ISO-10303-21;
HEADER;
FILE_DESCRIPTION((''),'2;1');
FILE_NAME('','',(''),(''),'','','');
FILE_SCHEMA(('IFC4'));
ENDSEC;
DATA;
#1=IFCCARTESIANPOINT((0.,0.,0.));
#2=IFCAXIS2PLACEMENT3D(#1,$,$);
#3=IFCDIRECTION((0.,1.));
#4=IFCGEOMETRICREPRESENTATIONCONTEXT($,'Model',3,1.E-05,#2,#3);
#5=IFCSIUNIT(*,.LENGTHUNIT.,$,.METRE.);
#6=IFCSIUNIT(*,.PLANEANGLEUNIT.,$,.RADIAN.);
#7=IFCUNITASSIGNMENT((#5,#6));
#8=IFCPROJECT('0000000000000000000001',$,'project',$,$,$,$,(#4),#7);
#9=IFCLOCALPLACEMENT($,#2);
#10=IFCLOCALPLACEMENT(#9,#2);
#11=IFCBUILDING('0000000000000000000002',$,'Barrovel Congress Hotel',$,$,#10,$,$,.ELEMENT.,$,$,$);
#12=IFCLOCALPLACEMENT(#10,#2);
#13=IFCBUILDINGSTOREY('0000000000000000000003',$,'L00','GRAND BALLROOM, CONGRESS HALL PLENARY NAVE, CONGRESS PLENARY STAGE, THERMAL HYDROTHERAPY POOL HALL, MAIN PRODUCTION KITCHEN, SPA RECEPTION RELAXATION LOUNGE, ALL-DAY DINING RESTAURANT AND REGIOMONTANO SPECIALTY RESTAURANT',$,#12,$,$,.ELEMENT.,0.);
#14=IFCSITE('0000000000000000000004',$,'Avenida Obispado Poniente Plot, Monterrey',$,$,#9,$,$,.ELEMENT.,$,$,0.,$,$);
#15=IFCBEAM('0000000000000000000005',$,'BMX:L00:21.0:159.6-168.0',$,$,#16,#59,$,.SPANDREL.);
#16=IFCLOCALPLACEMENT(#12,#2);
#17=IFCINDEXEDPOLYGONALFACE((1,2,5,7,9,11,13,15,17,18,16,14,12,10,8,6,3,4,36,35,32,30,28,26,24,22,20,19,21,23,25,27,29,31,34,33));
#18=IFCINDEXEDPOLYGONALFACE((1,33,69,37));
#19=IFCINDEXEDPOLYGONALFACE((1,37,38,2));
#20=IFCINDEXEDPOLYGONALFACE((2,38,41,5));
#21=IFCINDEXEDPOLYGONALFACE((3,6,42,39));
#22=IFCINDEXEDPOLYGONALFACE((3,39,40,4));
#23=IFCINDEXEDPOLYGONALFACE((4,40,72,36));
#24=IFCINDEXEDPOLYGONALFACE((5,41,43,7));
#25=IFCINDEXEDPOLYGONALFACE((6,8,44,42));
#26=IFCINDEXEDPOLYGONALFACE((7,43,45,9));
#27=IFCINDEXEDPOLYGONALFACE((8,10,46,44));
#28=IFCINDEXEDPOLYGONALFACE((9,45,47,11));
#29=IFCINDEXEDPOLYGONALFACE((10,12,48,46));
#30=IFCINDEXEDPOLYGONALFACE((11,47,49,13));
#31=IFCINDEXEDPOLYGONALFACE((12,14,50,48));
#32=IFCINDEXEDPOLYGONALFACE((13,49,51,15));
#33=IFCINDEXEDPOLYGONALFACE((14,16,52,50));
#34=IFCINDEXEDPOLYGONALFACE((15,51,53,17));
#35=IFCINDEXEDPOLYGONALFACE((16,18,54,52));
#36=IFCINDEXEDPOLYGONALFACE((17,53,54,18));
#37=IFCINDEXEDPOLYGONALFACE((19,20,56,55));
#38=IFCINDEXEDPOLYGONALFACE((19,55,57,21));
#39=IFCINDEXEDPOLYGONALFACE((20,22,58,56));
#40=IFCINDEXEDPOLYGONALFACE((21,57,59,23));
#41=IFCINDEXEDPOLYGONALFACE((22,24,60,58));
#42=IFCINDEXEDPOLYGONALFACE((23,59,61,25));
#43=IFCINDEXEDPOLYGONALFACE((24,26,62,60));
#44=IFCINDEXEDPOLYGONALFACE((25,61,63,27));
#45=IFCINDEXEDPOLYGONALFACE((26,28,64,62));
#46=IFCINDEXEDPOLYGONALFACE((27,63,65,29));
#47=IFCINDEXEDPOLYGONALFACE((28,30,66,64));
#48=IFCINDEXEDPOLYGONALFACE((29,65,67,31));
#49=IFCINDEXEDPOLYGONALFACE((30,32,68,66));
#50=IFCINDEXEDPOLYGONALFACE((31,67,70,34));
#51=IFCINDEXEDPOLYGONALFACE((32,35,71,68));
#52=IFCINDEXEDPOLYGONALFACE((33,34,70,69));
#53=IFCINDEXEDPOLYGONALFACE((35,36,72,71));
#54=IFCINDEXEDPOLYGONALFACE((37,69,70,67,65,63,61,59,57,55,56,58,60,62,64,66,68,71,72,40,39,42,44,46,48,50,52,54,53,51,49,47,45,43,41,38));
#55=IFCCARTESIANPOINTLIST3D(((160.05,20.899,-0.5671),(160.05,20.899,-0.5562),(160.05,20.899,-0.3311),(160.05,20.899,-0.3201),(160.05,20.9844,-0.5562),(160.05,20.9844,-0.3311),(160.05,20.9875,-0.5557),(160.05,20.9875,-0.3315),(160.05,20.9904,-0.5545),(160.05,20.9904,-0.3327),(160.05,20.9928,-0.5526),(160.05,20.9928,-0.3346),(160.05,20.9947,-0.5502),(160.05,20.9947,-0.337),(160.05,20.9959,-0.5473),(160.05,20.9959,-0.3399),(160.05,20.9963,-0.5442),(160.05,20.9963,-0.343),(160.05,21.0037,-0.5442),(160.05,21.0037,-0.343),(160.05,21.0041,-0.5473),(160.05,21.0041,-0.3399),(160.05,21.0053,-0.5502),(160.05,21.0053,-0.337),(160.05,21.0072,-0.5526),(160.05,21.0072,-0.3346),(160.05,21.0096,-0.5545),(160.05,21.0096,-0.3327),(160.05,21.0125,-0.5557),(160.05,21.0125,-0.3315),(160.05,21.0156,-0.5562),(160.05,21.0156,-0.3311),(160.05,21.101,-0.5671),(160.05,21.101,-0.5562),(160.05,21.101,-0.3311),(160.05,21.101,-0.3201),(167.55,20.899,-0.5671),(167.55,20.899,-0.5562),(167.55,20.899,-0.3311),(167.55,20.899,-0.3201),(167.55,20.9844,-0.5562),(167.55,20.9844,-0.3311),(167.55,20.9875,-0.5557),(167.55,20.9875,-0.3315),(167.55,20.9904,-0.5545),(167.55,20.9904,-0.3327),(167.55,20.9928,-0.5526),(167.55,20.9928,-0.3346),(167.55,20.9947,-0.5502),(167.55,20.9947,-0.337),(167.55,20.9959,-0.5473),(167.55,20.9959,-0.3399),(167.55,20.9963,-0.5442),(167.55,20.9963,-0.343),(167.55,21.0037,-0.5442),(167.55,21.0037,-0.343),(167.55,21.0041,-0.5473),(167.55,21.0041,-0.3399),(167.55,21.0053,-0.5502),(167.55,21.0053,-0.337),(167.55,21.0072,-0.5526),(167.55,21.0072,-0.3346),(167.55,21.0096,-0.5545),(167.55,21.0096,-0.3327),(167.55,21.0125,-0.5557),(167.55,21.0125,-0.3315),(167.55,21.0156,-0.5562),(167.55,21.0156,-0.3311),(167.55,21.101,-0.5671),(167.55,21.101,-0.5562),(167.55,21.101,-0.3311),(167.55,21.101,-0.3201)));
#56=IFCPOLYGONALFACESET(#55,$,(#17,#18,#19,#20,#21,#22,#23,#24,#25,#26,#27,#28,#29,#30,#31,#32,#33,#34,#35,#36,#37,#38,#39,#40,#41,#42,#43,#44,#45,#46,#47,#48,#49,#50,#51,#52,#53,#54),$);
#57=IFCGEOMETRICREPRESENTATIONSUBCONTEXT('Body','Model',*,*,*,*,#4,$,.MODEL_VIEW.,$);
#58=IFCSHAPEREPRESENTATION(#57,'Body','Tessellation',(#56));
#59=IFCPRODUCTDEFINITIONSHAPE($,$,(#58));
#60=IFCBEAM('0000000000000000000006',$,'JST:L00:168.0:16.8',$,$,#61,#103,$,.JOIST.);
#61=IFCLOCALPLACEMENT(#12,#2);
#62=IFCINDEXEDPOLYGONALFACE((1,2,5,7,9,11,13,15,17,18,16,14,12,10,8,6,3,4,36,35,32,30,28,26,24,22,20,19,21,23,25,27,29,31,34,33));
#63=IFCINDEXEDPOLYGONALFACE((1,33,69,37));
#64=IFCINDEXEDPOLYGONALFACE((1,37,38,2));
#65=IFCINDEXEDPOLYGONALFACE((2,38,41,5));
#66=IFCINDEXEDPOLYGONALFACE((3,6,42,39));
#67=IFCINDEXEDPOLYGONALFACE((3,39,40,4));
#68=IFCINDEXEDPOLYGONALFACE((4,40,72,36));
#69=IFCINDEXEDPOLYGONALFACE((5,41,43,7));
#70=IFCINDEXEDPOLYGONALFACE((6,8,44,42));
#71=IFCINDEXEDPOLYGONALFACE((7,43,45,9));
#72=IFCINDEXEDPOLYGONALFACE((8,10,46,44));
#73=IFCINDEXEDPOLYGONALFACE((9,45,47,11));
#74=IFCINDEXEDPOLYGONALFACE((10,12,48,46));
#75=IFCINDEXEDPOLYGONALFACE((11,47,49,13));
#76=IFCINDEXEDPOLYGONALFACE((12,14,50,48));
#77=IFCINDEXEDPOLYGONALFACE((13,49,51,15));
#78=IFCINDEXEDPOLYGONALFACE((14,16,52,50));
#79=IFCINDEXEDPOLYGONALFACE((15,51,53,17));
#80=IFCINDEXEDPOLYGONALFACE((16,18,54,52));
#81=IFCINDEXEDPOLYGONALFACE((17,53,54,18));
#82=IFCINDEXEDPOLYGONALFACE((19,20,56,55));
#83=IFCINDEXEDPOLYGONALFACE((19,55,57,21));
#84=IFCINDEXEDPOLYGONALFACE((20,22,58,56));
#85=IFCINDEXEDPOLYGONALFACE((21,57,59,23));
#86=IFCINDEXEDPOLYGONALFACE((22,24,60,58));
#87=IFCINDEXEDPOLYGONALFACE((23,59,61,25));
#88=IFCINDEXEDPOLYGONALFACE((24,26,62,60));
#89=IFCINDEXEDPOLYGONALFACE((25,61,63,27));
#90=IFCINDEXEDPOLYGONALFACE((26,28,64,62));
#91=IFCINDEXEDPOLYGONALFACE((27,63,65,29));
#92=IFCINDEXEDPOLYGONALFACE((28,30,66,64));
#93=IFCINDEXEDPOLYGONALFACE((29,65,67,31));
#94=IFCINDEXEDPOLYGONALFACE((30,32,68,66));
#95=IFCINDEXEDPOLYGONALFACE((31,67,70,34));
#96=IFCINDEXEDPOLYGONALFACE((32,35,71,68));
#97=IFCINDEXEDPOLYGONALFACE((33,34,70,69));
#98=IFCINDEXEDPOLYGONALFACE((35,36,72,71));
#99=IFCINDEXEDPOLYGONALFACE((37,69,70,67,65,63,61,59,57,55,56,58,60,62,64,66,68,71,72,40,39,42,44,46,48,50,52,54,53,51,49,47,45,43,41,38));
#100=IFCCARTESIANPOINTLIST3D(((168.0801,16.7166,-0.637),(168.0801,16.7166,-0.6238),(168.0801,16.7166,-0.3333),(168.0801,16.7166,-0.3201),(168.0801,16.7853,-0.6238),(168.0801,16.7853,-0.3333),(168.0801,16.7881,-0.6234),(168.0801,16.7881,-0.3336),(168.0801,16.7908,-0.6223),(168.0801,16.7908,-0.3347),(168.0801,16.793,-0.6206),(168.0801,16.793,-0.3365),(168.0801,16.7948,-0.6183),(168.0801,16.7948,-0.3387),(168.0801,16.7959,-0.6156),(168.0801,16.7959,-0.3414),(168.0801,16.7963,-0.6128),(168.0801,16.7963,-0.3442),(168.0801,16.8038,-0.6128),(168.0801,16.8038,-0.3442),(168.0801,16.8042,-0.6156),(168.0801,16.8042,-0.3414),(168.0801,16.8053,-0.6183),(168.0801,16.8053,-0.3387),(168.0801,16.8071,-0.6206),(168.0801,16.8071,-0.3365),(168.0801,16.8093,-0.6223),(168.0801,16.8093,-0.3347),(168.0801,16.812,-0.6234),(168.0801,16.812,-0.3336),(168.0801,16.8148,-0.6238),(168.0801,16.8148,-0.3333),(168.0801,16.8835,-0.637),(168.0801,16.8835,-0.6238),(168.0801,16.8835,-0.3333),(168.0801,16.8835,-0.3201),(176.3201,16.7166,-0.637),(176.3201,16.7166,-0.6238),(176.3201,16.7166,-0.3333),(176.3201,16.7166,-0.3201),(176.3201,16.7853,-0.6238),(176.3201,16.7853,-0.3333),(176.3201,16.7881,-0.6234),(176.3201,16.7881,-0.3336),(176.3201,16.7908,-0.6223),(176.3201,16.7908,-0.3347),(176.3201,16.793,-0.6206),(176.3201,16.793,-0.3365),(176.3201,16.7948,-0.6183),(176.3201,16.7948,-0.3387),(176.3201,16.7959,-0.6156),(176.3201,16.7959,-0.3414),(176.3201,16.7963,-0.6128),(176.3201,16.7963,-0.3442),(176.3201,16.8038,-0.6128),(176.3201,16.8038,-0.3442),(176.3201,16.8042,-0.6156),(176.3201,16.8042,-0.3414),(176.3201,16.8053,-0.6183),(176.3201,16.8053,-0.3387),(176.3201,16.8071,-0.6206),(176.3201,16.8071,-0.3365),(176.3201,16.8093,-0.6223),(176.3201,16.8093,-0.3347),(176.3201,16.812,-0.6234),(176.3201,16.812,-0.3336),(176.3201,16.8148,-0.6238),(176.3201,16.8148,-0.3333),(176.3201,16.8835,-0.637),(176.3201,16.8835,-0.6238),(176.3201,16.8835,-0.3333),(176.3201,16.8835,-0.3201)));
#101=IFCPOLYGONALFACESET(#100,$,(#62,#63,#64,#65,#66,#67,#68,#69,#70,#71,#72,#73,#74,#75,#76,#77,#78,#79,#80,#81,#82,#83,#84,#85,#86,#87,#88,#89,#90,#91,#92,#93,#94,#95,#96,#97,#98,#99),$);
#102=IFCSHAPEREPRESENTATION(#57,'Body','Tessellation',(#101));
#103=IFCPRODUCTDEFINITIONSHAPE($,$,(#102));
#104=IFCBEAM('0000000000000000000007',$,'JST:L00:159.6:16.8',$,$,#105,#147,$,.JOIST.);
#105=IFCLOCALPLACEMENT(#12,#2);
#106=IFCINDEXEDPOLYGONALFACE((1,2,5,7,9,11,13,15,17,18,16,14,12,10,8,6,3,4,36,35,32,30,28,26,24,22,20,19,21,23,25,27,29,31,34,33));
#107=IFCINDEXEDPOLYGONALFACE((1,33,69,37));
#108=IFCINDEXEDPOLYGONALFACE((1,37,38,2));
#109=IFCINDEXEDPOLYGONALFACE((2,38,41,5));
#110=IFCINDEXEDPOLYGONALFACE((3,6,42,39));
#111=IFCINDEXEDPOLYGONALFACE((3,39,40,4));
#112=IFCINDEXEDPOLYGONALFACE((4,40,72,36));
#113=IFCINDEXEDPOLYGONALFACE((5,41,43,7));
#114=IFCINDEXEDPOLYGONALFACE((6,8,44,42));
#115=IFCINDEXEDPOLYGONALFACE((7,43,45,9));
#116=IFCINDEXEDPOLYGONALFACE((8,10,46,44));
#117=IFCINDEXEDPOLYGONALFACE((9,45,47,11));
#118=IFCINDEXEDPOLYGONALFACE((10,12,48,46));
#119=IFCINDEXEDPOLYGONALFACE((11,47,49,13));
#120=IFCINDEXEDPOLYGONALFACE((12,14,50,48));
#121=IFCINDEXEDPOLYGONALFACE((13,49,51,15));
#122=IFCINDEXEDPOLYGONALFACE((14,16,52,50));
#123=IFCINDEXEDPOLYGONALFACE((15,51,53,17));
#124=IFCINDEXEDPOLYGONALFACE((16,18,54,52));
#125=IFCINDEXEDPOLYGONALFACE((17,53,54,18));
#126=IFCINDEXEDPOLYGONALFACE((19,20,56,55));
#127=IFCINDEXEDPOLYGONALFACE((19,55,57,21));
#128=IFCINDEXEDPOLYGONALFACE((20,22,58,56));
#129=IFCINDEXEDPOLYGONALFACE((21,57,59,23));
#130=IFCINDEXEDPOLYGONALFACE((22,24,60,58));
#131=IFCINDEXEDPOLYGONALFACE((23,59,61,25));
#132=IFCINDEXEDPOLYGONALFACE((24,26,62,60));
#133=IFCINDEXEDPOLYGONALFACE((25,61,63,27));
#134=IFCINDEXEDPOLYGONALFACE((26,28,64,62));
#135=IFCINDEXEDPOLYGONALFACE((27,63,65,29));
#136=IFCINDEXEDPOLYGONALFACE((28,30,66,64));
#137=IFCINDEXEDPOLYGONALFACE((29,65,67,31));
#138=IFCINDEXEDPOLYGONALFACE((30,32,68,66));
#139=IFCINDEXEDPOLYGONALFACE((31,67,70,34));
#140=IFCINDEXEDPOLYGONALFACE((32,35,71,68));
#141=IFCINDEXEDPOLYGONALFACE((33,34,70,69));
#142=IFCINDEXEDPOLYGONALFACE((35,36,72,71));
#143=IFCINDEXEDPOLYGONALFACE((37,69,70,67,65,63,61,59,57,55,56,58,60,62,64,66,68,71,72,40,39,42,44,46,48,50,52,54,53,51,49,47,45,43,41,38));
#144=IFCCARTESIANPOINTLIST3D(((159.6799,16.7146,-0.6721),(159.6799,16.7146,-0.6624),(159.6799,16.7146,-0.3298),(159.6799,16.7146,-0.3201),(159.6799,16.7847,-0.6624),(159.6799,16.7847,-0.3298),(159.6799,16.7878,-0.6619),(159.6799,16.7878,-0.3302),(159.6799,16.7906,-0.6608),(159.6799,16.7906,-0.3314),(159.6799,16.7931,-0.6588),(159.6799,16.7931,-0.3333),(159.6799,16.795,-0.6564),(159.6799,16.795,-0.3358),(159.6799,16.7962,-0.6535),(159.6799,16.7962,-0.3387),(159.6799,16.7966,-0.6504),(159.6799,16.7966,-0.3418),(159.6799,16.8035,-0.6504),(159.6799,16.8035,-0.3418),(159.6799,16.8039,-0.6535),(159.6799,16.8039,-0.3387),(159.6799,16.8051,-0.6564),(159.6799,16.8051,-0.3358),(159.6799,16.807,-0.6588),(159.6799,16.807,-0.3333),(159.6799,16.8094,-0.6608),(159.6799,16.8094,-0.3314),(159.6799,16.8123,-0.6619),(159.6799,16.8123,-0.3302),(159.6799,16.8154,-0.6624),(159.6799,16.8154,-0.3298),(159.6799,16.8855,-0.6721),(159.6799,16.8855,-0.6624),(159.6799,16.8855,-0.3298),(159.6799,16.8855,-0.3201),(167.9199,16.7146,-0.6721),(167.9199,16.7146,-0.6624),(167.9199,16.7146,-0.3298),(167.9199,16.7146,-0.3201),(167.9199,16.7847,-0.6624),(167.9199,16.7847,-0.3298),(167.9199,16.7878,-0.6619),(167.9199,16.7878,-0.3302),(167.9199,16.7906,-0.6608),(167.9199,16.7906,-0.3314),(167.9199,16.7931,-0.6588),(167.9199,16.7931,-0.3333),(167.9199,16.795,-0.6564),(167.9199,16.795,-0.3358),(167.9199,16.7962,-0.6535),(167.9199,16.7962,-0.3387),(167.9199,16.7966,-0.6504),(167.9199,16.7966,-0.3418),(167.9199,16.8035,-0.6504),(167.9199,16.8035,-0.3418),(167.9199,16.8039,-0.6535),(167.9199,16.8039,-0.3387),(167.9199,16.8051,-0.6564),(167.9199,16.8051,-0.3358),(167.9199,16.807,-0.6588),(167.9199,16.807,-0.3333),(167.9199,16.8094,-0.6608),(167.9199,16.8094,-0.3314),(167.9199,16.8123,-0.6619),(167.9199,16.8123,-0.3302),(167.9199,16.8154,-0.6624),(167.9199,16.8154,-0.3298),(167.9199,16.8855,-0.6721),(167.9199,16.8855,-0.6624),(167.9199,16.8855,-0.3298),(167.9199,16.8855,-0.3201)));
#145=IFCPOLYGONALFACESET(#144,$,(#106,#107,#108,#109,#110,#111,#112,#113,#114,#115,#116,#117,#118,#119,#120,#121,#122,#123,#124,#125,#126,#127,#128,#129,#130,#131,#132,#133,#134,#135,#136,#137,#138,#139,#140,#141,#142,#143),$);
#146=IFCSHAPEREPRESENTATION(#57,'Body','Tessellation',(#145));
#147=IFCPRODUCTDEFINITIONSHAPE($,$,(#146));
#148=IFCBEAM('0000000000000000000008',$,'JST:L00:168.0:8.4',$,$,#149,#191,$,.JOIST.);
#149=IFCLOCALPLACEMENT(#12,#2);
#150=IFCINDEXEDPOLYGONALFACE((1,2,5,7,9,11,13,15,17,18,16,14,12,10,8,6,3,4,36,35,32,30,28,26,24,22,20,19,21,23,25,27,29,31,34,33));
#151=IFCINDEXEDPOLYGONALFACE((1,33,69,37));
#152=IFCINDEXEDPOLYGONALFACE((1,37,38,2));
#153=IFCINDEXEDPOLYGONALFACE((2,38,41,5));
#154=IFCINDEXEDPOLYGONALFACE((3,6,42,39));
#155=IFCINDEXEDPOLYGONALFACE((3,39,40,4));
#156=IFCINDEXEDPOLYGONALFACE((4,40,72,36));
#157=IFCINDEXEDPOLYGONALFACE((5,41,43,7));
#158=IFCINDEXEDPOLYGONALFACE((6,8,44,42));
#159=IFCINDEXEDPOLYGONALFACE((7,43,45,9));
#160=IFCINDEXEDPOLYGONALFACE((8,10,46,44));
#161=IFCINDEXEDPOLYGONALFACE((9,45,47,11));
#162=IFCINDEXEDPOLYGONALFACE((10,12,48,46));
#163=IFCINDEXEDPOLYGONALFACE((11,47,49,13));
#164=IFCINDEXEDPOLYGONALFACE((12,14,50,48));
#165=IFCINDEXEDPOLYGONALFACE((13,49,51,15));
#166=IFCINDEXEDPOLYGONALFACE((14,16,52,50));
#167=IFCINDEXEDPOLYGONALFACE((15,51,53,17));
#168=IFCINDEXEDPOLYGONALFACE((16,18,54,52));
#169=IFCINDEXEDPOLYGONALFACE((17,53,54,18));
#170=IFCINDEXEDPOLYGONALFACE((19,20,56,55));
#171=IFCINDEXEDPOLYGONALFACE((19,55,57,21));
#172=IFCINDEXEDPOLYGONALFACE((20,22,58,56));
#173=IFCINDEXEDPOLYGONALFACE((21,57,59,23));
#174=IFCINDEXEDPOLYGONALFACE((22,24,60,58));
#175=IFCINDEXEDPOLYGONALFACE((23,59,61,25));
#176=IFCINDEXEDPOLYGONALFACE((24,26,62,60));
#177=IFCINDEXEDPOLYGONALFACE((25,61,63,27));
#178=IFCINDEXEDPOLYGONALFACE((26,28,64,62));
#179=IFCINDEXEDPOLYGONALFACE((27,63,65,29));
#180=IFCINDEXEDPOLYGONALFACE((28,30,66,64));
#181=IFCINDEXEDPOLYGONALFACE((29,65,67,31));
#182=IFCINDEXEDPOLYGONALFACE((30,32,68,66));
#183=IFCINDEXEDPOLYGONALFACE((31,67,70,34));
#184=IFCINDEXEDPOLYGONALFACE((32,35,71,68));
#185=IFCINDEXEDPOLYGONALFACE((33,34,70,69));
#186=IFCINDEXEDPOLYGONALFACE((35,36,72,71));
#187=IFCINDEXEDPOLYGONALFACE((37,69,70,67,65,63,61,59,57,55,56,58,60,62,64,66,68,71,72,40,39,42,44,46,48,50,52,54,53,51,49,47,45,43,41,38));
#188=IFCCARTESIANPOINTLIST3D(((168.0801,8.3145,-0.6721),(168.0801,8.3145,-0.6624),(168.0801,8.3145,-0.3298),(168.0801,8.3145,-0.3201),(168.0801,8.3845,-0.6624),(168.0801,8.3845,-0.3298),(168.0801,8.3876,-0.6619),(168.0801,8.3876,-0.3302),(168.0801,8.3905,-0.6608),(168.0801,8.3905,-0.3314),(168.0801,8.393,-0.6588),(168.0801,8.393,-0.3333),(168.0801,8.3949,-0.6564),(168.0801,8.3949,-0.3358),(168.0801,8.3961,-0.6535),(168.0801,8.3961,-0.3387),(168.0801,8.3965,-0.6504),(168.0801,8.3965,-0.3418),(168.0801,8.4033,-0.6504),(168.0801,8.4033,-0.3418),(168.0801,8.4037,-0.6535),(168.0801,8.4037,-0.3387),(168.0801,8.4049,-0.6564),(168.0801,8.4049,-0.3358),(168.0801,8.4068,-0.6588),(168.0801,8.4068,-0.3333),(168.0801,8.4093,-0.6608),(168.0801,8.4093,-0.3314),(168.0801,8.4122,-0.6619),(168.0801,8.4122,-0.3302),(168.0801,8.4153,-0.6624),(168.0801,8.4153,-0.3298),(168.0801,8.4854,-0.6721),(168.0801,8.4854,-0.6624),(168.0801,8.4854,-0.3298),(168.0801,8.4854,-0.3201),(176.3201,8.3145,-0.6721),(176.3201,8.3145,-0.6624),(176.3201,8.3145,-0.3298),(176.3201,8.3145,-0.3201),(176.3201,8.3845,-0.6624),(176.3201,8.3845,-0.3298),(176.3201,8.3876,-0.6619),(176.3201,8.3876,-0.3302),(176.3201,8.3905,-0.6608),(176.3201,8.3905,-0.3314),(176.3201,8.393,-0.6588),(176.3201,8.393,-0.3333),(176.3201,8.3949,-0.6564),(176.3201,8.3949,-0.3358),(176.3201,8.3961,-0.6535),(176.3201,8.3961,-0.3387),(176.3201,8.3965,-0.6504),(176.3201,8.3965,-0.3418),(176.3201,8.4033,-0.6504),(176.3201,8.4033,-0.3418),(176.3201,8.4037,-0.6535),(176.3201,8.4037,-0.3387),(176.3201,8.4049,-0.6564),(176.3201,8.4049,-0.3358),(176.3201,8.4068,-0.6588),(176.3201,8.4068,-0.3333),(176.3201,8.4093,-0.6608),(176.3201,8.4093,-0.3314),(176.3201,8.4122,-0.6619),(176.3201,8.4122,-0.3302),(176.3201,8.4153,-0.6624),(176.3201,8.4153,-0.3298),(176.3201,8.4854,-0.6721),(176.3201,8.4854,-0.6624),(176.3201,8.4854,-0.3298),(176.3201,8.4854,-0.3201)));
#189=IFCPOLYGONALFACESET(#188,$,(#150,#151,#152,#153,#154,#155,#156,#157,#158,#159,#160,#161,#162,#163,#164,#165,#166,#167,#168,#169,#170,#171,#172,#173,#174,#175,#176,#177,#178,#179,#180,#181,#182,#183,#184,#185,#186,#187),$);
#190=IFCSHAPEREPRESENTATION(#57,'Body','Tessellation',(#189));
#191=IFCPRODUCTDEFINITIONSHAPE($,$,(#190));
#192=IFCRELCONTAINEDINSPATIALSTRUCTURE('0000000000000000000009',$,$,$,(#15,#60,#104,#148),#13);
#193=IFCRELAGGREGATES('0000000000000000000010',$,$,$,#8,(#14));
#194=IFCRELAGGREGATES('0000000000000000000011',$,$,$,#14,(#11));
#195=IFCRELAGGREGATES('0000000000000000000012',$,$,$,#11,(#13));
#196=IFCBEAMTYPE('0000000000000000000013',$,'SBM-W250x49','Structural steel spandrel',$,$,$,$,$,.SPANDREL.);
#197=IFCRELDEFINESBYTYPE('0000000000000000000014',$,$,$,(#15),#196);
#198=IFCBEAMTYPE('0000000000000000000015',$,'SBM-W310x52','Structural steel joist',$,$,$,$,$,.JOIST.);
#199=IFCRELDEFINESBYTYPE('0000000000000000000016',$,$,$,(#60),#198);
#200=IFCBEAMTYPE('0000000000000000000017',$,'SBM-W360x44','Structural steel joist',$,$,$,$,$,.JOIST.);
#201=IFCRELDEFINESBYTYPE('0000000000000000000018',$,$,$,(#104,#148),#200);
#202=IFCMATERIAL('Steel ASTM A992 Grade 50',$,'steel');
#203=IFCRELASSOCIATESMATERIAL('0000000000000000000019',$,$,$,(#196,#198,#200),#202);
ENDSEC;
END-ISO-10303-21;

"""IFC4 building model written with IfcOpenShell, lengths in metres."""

from ifc_helpers import new_model, si_unit, direction, frame, origin, origin_2d, place, context, subcontext, project, spatial, i_section, extrude, material, material_profile, profile_set, type_object, element, save


model = new_model("IFC4")

# Units and contexts
model_context = context("Model", 3, precision=1e-05, world=origin(), true_north=direction((0.0, 1.0)))
body_context = subcontext(model_context, "Body", "Model", "MODEL_VIEW")
ifc_project = project(units=[si_unit("LENGTHUNIT", "METRE"), si_unit("PLANEANGLEUNIT", "RADIAN")], contexts=[model_context])

# Site, building, storey
site_placement = place(None, origin())
site = spatial("IfcSite", under=ifc_project, at=site_placement, Name="Avenida Obispado Poniente Plot, Monterrey", CompositionType="ELEMENT", RefElevation=0.0)
building_placement = place(site_placement, origin())
building = spatial("IfcBuilding", under=site, at=building_placement, Name="Barrovel Congress Hotel", CompositionType="ELEMENT")
storey_placement = place(building_placement, origin())
storey = spatial("IfcBuildingStorey", under=building, at=storey_placement, Name="L00", Description="GRAND BALLROOM, CONGRESS HALL PLENARY NAVE, CONGRESS PLENARY STAGE, THERMAL HYDROTHERAPY POOL HALL, MAIN PRODUCTION KITCHEN, SPA RECEPTION RELAXATION LOUNGE, ALL-DAY DINING RESTAURANT AND REGIOMONTANO SPECIALTY RESTAURANT", CompositionType="ELEMENT", Elevation=0.0)

# Beams
ifc_material_1 = material(Name="Steel ASTM A992 Grade 50", Category="steel")
ifc_material_profile_1 = material_profile(ifc_material_1, i_section(OverallWidth=0.2019, OverallDepth=0.2471, WebThickness=0.0073, FlangeThickness=0.011, FilletRadius=0.012, at=origin_2d()), Name="W250x49")
ifc_profile_set_1 = profile_set([ifc_material_profile_1], Name="Steel ASTM A992 Grade 50")
beam_type_1 = type_object("IfcBeamType", Name="SBM-W250x49", Description="Structural steel spandrel", PredefinedType="SPANDREL", material=ifc_profile_set_1)
beam_1_placement = place(storey_placement, frame((160.05, 21.0, -0.4436), z_axis=(1.0, 0.0, 0.0), x_axis=(0.0, 1.0, 0.0)))
element("IfcBeam", 1, at=beam_1_placement, inside=storey, type_object=beam_type_1, Name="BMX:L00:21.0:159.6-168.0", PredefinedType="SPANDREL", context=body_context, shape_type="SweptSolid", body=[
    extrude(i_section(OverallWidth=0.2019, OverallDepth=0.2471, WebThickness=0.0073, FlangeThickness=0.011, FilletRadius=0.012, at=origin_2d()), origin(), (0.0, 0.0, 1.0), 7.5),
])
ifc_material_profile_2 = material_profile(ifc_material_1, i_section(OverallWidth=0.167, OverallDepth=0.3169, WebThickness=0.0076, FlangeThickness=0.0132, FilletRadius=0.011, at=origin_2d()), Name="W310x52")
ifc_profile_set_2 = profile_set([ifc_material_profile_2], Name="Steel ASTM A992 Grade 50")
beam_type_2 = type_object("IfcBeamType", Name="SBM-W310x52", Description="Structural steel joist", PredefinedType="JOIST", material=ifc_profile_set_2)
beam_2_placement = place(storey_placement, frame((168.0801, 16.8, -0.4785), z_axis=(1.0, 0.0, 0.0), x_axis=(0.0, 1.0, 0.0)))
element("IfcBeam", 2, at=beam_2_placement, inside=storey, type_object=beam_type_2, Name="JST:L00:168.0:16.8", PredefinedType="JOIST", context=body_context, shape_type="SweptSolid", body=[
    extrude(i_section(OverallWidth=0.167, OverallDepth=0.3169, WebThickness=0.0076, FlangeThickness=0.0132, FilletRadius=0.011, at=origin_2d()), origin(), (0.0, 0.0, 1.0), 8.24),
])
ifc_material_profile_3 = material_profile(ifc_material_1, i_section(OverallWidth=0.1709, OverallDepth=0.3521, WebThickness=0.0068, FlangeThickness=0.0098, FilletRadius=0.012, at=origin_2d()), Name="W360x44")
ifc_profile_set_3 = profile_set([ifc_material_profile_3], Name="Steel ASTM A992 Grade 50")
beam_type_3 = type_object("IfcBeamType", Name="SBM-W360x44", Description="Structural steel joist", PredefinedType="JOIST", material=ifc_profile_set_3)
for number, where, z_axis, x_axis, name in (
    (3, (159.6799, 16.8, -0.4961), (1.0, 0.0, 0.0), (0.0, 1.0, 0.0), "JST:L00:159.6:16.8"),
    (4, (168.0801, 8.3999, -0.4961), (1.0, 0.0, 0.0), (0.0, 1.0, 0.0), "JST:L00:168.0:8.4"),
):
    element("IfcBeam", number, at=place(storey_placement, frame(where, z_axis=z_axis, x_axis=x_axis)), inside=storey, type_object=beam_type_3, Name=name, PredefinedType="JOIST", context=body_context, shape_type="SweptSolid", body=[
        extrude(i_section(OverallWidth=0.1709, OverallDepth=0.3521, WebThickness=0.0068, FlangeThickness=0.0098, FilletRadius=0.012, at=origin_2d()), origin(), (0.0, 0.0, 1.0), 8.24),
    ])

save(model, "model.ifc")
